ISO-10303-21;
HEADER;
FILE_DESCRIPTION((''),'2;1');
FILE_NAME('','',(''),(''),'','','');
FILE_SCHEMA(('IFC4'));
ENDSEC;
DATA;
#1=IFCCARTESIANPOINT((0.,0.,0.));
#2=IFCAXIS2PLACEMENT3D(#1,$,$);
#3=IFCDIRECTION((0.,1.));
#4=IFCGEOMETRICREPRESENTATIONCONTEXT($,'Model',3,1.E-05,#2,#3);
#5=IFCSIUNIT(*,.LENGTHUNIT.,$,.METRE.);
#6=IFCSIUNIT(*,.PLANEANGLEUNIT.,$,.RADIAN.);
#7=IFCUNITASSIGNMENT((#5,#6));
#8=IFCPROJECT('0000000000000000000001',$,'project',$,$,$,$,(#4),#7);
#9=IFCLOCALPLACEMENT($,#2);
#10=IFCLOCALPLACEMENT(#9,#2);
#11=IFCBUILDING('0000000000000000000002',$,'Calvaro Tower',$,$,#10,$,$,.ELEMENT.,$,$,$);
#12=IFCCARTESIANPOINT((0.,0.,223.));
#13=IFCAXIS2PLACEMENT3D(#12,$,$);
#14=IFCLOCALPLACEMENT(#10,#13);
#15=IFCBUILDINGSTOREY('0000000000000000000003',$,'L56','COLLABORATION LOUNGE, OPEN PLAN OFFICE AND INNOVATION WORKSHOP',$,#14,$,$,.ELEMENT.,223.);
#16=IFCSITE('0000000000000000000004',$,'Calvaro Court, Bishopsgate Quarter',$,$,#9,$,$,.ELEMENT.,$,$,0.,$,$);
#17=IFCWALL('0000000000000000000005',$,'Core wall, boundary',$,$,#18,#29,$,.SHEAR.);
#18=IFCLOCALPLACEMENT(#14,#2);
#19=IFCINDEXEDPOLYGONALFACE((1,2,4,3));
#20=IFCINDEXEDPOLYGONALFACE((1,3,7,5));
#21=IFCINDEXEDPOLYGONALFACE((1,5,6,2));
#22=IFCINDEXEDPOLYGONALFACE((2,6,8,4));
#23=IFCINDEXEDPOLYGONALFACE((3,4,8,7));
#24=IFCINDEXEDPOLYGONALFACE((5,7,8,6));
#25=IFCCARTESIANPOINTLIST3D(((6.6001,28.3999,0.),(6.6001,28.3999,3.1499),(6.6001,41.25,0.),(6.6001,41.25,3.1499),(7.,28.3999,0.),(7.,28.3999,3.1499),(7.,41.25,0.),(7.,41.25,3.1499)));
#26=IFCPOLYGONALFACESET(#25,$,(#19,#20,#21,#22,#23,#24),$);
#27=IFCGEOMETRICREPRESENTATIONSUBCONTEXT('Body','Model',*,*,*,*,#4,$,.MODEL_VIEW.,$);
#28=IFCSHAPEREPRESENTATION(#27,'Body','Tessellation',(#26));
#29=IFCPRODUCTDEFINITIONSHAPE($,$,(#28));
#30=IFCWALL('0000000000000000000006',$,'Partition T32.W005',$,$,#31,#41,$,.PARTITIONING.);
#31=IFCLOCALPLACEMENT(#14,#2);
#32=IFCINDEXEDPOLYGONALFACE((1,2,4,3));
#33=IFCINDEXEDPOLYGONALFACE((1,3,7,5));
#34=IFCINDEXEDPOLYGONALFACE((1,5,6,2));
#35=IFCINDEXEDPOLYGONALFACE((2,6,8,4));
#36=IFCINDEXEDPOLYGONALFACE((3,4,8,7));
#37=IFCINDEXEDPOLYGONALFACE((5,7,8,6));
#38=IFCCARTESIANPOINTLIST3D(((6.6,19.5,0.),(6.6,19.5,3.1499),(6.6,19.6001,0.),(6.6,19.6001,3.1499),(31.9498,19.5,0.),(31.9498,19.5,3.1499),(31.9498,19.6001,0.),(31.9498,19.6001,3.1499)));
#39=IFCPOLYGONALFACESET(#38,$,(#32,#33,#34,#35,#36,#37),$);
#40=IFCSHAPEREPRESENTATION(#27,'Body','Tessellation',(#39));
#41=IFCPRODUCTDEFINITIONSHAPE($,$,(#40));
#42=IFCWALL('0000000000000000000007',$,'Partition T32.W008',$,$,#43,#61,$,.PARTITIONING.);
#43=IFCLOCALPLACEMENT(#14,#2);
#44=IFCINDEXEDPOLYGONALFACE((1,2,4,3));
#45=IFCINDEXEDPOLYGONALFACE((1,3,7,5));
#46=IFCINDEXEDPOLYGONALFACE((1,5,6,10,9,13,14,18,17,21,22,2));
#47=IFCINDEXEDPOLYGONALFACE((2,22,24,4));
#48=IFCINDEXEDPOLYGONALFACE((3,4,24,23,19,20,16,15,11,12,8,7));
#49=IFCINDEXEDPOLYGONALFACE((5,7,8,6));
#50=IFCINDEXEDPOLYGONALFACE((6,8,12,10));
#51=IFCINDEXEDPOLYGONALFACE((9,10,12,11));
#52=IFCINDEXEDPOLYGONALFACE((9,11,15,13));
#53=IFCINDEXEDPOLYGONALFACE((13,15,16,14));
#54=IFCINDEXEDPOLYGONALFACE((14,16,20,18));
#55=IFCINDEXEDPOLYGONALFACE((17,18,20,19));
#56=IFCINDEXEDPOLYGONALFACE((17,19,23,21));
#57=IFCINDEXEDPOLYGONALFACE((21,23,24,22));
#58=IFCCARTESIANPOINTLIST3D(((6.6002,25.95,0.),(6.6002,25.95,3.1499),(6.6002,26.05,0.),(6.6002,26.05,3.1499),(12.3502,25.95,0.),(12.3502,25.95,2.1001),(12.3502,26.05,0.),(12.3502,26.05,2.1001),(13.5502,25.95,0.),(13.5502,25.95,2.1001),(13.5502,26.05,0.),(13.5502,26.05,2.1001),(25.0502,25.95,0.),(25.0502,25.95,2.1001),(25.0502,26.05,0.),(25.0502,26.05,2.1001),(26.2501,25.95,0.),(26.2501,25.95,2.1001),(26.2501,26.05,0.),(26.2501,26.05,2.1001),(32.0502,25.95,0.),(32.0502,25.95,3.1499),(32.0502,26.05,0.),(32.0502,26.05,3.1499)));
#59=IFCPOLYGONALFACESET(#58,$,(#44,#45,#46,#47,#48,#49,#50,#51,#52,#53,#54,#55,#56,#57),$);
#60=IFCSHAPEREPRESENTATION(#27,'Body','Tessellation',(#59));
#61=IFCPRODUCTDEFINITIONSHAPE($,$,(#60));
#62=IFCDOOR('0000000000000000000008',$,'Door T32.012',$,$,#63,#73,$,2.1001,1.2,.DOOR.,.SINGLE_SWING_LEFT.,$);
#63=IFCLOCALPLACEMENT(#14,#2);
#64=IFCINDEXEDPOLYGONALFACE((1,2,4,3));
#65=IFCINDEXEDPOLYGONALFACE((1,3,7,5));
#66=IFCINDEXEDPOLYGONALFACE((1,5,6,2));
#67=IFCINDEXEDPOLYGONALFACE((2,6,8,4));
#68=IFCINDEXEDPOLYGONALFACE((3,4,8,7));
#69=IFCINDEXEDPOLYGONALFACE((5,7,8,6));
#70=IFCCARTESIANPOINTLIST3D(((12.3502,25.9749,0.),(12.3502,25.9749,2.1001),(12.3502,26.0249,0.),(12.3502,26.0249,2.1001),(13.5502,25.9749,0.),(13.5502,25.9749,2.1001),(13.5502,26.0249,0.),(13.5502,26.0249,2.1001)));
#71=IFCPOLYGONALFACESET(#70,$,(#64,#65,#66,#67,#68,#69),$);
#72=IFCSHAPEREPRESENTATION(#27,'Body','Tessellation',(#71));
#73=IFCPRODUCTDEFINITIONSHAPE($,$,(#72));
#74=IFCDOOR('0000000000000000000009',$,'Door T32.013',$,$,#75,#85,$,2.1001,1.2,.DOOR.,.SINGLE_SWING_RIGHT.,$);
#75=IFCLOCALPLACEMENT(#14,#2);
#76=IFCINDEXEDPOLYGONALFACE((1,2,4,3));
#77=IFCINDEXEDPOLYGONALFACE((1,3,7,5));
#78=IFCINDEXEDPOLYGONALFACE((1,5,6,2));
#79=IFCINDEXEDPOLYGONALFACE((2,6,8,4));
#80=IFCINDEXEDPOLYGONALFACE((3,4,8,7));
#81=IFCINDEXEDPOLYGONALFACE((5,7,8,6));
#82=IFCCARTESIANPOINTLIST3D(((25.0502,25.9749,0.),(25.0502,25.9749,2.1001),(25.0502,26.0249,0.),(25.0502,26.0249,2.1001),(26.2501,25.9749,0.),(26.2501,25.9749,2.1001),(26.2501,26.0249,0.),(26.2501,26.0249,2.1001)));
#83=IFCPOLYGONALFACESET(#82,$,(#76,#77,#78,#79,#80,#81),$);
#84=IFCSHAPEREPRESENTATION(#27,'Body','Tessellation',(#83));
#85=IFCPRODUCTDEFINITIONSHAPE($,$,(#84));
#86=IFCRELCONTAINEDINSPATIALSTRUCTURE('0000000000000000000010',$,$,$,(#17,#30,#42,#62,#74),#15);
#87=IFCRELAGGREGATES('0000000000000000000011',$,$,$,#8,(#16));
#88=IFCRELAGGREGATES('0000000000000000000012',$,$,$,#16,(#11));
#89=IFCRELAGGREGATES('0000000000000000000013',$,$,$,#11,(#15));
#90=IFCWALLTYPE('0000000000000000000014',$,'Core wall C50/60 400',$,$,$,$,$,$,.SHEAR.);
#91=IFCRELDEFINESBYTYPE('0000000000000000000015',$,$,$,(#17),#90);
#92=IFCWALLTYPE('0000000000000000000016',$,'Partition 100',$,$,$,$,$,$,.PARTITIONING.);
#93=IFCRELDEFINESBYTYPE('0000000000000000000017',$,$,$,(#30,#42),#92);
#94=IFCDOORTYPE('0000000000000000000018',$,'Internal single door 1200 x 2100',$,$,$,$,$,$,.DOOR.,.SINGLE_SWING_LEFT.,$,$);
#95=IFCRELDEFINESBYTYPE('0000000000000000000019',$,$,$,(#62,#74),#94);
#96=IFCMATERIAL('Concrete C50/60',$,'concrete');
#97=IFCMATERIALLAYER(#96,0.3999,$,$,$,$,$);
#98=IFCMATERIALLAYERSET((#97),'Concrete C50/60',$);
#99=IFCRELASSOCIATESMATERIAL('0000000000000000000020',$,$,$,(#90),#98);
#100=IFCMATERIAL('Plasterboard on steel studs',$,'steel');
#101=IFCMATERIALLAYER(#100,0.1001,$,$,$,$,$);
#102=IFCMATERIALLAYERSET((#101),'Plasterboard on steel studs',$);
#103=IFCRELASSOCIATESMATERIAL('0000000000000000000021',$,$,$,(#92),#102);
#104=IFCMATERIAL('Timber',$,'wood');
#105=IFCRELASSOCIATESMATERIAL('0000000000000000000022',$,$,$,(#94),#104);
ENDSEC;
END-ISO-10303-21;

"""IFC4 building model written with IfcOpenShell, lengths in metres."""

from ifc_helpers import new_model, si_unit, direction, frame, frame_2d, origin, place, context, subcontext, project, spatial, rectangle, extrude, material, layer, layer_set, type_object, element, fill, save


model = new_model("IFC4")

# Units and contexts
model_context = context("Model", 3, precision=1e-05, world=origin(), true_north=direction((0.0, 1.0)))
body_context = subcontext(model_context, "Body", "Model", "MODEL_VIEW")
ifc_project = project(units=[si_unit("LENGTHUNIT", "METRE"), si_unit("PLANEANGLEUNIT", "RADIAN")], contexts=[model_context])

# Site, building, storey
site_placement = place(None, origin())
site = spatial("IfcSite", under=ifc_project, at=site_placement, Name="Calvaro Court, Bishopsgate Quarter", CompositionType="ELEMENT", RefElevation=0.0)
building_placement = place(site_placement, origin())
building = spatial("IfcBuilding", under=site, at=building_placement, Name="Calvaro Tower", CompositionType="ELEMENT")
storey_placement = place(building_placement, frame((0.0, 0.0, 223.0)))
storey = spatial("IfcBuildingStorey", under=building, at=storey_placement, Name="L56", Description="COLLABORATION LOUNGE, OPEN PLAN OFFICE AND INNOVATION WORKSHOP", CompositionType="ELEMENT", Elevation=223.0)

# Shared definitions
ifc_material_1 = material(Name="Concrete C50/60", Category="concrete")
ifc_layer_1 = layer(ifc_material_1, 0.3999)
ifc_layer_set_1 = layer_set([ifc_layer_1], Name="Concrete C50/60")
wall_type_1 = type_object("IfcWallType", Name="Core wall C50/60 400", PredefinedType="SHEAR", material=ifc_layer_set_1)

# Walls
wall_1_placement = place(storey_placement, frame((6.8, 28.3999, 0.0), z_axis=(0.0, 0.0, 1.0), x_axis=(0.0, 1.0, 0.0)))
element("IfcWall", 1, at=wall_1_placement, inside=storey, type_object=wall_type_1, Name="Core wall, boundary", PredefinedType="SHEAR", context=body_context, shape_type="SweptSolid", body=[
    extrude(rectangle(XDim=12.8501, YDim=0.3999, at=frame_2d((6.425, 0.0))), origin(), (0.0, 0.0, 1.0), 3.1499),
])
ifc_material_2 = material(Name="Plasterboard on steel studs", Category="steel")
ifc_layer_2 = layer(ifc_material_2, 0.1001)
ifc_layer_set_2 = layer_set([ifc_layer_2], Name="Plasterboard on steel studs")
wall_type_2 = type_object("IfcWallType", Name="Partition 100", PredefinedType="PARTITIONING", material=ifc_layer_set_2)
wall_2_placement = place(storey_placement, frame((6.6001, 19.55, 0.0), z_axis=(0.0, 0.0, 1.0), x_axis=(1.0, 0.0, 0.0)))
element("IfcWall", 2, at=wall_2_placement, inside=storey, type_object=wall_type_2, Name="Partition T32.W005", PredefinedType="PARTITIONING", context=body_context, shape_type="SweptSolid", body=[
    extrude(rectangle(XDim=25.3499, YDim=0.1001, at=frame_2d((12.6748, 0.0))), origin(), (0.0, 0.0, 1.0), 3.1499),
])

# Wall, openings, doors
wall_3_placement = place(storey_placement, frame((6.6001, 26.0, 0.0), z_axis=(0.0, 0.0, 1.0), x_axis=(1.0, 0.0, 0.0)))
wall_3 = element("IfcWall", 3, at=wall_3_placement, inside=storey, type_object=wall_type_2, Name="Partition T32.W008", PredefinedType="PARTITIONING", context=body_context, shape_type="SweptSolid", body=[
    extrude(rectangle(XDim=25.45, YDim=0.1001, at=frame_2d((12.7251, 0.0))), origin(), (0.0, 0.0, 1.0), 3.1499),
])
opening_1_placement = place(wall_3_placement, frame((5.75, 0.0, 0.0)))
opening_1 = element("IfcOpeningElement", 4, at=opening_1_placement, cuts=wall_3, PredefinedType="OPENING", context=body_context, shape_type="SweptSolid", body=[
    extrude(rectangle(XDim=1.2, YDim=2.1001, at=frame_2d((0.6001, 1.05))), frame((0.0, 0.0601, 0.0), z_axis=(0.0, -1.0, 0.0), x_axis=(1.0, 0.0, 0.0)), (0.0, 0.0, 1.0), 0.1201),
])
opening_2_placement = place(wall_3_placement, frame((18.45, 0.0, 0.0)))
opening_2 = element("IfcOpeningElement", 5, at=opening_2_placement, cuts=wall_3, PredefinedType="OPENING", context=body_context, shape_type="SweptSolid", body=[
    extrude(rectangle(XDim=1.2, YDim=2.1001, at=frame_2d((0.6001, 1.05))), frame((0.0, 0.0601, 0.0), z_axis=(0.0, -1.0, 0.0), x_axis=(1.0, 0.0, 0.0)), (0.0, 0.0, 1.0), 0.1201),
])
ifc_material_3 = material(Name="Timber", Category="wood")
door_type_1 = type_object("IfcDoorType", Name="Internal single door 1200 x 2100", OperationType="SINGLE_SWING_LEFT", PredefinedType="DOOR", material=ifc_material_3)
door_1_placement = place(opening_1_placement, origin())
door_1 = element("IfcDoor", 6, at=door_1_placement, inside=storey, type_object=door_type_1, Name="Door T32.012", OperationType="SINGLE_SWING_LEFT", OverallHeight=2.1001, OverallWidth=1.2, PredefinedType="DOOR", context=body_context, shape_type="SweptSolid", body=[
    extrude(rectangle(XDim=1.2, YDim=2.1001, at=frame_2d((0.6001, 1.05))), frame((0.0, 0.0249, 0.0), z_axis=(0.0, -1.0, 0.0), x_axis=(1.0, 0.0, 0.0)), (0.0, 0.0, 1.0), 0.05),
])
fill(opening_1, door_1)
door_2_placement = place(opening_2_placement, origin())
door_2 = element("IfcDoor", 7, at=door_2_placement, inside=storey, type_object=door_type_1, Name="Door T32.013", OperationType="SINGLE_SWING_RIGHT", OverallHeight=2.1001, OverallWidth=1.2, PredefinedType="DOOR", context=body_context, shape_type="SweptSolid", body=[
    extrude(rectangle(XDim=1.2, YDim=2.1001, at=frame_2d((0.6001, 1.05))), frame((0.0, 0.0249, 0.0), z_axis=(0.0, -1.0, 0.0), x_axis=(1.0, 0.0, 0.0)), (0.0, 0.0, 1.0), 0.05),
])
fill(opening_2, door_2)

save(model, "model.ifc")
